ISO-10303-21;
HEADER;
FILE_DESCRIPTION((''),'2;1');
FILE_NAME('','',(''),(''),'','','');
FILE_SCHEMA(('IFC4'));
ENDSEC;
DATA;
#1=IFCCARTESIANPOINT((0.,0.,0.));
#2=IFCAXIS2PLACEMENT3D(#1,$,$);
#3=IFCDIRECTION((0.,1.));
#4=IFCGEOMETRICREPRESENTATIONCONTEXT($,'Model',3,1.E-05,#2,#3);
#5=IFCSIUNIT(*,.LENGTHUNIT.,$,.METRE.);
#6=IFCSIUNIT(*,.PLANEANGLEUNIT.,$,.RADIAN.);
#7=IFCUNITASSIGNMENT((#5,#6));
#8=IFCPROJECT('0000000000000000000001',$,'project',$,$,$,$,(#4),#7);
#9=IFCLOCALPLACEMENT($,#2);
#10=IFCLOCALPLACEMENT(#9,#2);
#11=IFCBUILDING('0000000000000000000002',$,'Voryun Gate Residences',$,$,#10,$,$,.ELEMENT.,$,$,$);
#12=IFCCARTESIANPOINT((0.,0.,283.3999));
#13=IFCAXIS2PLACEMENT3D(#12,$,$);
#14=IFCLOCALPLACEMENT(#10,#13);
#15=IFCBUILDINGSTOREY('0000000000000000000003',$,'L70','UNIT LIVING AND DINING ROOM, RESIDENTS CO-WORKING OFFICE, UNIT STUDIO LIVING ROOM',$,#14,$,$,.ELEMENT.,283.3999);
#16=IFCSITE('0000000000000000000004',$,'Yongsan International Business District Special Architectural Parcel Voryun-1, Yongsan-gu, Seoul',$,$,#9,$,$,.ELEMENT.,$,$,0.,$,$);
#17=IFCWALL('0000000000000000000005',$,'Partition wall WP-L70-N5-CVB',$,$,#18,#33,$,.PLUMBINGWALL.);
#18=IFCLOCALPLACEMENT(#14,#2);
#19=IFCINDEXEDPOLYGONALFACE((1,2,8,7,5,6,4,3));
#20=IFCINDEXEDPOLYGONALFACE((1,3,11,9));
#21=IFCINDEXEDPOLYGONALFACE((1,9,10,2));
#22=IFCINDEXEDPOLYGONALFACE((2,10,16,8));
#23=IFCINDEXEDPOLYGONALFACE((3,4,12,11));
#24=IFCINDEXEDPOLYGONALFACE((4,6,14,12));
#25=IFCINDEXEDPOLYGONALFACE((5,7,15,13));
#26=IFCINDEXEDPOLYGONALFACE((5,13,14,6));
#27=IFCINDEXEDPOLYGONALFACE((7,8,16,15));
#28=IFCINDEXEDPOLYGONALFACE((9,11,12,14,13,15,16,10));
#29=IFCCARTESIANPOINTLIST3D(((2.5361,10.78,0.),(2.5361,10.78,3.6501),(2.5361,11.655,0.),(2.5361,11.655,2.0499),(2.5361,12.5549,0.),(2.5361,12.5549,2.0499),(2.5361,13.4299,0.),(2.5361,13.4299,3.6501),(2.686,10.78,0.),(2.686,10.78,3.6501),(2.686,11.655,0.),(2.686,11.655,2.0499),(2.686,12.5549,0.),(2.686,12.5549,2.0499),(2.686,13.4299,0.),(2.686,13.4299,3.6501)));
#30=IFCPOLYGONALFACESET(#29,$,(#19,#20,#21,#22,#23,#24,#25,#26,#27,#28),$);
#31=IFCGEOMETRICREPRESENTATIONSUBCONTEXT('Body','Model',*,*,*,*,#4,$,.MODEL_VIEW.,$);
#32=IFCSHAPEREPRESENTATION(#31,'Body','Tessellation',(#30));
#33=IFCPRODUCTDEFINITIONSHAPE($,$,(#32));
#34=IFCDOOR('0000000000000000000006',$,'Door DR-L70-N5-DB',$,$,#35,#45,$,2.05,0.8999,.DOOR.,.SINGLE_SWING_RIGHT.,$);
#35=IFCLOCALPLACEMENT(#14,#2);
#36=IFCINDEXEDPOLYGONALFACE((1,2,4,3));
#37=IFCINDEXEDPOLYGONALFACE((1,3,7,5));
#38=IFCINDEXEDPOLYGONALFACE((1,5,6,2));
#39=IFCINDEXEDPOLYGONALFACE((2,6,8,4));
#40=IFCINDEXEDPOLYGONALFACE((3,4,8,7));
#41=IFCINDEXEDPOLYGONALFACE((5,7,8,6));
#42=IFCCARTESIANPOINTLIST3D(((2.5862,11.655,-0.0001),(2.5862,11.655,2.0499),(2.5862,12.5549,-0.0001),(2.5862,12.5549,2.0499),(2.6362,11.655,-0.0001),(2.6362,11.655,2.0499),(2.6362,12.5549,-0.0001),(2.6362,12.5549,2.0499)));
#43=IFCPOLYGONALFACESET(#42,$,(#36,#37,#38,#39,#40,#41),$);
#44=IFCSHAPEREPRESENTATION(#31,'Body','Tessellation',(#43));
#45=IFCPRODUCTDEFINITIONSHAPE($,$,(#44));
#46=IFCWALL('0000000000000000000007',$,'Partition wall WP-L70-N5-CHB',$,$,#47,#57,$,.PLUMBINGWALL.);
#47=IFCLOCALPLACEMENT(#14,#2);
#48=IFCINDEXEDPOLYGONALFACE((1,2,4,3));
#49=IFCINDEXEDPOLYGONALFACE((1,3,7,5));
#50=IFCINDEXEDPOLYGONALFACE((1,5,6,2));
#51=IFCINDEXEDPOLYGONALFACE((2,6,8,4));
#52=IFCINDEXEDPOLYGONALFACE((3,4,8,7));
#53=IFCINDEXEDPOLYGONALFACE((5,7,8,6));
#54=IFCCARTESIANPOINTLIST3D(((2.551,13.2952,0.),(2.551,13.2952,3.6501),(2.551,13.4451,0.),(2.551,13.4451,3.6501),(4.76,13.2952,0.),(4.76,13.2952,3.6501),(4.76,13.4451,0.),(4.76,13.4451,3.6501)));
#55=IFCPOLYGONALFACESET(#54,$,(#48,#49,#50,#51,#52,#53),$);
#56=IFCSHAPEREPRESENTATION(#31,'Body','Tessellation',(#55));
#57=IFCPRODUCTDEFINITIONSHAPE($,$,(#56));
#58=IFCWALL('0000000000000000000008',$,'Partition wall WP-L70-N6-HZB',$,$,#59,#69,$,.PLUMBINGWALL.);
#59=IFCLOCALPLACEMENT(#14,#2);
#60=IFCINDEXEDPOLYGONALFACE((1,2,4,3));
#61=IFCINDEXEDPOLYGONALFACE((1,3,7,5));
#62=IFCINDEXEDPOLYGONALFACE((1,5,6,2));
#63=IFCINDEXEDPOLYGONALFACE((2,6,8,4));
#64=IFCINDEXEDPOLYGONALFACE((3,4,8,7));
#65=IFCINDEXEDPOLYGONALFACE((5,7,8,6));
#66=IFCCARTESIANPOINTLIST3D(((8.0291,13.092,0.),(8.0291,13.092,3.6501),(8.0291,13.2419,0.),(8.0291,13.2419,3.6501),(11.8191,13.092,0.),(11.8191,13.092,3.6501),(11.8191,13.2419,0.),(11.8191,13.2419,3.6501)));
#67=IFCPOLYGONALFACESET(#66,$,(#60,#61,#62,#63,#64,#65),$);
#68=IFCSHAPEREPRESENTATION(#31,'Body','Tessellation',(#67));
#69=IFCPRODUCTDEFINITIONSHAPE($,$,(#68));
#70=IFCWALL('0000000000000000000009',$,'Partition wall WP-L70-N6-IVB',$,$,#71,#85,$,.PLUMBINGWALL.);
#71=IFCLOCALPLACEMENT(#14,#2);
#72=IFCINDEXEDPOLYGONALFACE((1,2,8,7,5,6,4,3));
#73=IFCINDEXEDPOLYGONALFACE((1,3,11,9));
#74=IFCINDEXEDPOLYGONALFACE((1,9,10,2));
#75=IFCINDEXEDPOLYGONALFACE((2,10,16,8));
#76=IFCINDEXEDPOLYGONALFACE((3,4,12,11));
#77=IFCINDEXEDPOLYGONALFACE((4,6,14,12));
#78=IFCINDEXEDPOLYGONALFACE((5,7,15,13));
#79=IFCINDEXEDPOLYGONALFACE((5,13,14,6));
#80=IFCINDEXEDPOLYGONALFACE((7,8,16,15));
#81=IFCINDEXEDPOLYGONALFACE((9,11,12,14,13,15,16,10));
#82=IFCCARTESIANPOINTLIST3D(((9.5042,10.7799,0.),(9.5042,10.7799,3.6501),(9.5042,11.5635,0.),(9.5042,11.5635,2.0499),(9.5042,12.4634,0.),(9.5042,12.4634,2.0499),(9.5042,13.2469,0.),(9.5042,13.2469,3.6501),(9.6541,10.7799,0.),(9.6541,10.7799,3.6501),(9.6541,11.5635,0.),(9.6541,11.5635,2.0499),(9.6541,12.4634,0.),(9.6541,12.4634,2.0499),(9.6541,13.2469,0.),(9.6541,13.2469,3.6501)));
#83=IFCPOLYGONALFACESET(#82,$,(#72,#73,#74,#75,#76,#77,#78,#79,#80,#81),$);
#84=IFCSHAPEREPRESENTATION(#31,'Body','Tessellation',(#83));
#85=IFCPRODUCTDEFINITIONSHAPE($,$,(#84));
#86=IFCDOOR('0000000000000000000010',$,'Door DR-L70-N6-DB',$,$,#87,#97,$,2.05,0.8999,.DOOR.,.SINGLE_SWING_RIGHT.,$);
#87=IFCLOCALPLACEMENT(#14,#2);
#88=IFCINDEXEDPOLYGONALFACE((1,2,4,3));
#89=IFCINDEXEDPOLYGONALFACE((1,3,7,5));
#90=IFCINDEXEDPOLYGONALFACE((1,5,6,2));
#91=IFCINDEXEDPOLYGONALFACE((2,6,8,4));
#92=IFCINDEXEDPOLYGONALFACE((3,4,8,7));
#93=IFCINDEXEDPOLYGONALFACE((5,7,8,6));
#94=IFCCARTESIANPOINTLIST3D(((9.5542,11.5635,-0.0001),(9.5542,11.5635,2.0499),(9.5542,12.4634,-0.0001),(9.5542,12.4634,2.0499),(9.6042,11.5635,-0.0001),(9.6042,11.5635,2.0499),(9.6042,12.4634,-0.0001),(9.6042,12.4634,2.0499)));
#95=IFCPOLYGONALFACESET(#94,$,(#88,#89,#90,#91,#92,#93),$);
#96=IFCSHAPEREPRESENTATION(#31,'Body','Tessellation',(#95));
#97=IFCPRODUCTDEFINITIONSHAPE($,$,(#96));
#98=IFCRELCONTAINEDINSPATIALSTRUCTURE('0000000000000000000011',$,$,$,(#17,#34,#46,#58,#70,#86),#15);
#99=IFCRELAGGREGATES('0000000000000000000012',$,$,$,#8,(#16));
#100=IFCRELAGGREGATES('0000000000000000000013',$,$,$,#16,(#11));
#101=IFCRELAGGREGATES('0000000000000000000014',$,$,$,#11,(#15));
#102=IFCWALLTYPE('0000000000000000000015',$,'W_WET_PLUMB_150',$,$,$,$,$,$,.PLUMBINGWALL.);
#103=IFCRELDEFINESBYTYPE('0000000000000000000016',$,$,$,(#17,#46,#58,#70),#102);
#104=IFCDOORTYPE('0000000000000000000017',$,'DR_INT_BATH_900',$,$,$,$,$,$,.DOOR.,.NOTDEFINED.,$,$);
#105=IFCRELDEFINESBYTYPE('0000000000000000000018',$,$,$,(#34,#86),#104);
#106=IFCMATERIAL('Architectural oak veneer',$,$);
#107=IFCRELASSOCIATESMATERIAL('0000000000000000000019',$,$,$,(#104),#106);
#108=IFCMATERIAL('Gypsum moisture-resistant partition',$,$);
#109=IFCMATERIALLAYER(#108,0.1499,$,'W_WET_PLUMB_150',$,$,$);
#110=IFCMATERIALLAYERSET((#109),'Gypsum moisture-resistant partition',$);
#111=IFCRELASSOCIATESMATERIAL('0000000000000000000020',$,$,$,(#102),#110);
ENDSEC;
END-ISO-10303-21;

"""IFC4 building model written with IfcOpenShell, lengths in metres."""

from ifc_helpers import new_model, si_unit, direction, frame, frame_2d, origin, place, context, subcontext, project, spatial, rectangle, extrude, material, layer, layer_set, type_object, element, fill, save


model = new_model("IFC4")

# Units and contexts
model_context = context("Model", 3, precision=1e-05, world=origin(), true_north=direction((0.0, 1.0)))
body_context = subcontext(model_context, "Body", "Model", "MODEL_VIEW")
ifc_project = project(units=[si_unit("LENGTHUNIT", "METRE"), si_unit("PLANEANGLEUNIT", "RADIAN")], contexts=[model_context])

# Site, building, storey
site_placement = place(None, origin())
site = spatial("IfcSite", under=ifc_project, at=site_placement, Name="Yongsan International Business District Special Architectural Parcel Voryun-1, Yongsan-gu, Seoul", CompositionType="ELEMENT", RefElevation=0.0)
building_placement = place(site_placement, origin())
building = spatial("IfcBuilding", under=site, at=building_placement, Name="Voryun Gate Residences", CompositionType="ELEMENT")
storey_placement = place(building_placement, frame((0.0, 0.0, 283.3999)))
storey = spatial("IfcBuildingStorey", under=building, at=storey_placement, Name="L70", Description="UNIT LIVING AND DINING ROOM, RESIDENTS CO-WORKING OFFICE, UNIT STUDIO LIVING ROOM", CompositionType="ELEMENT", Elevation=283.3999)

# Shared definitions
ifc_material_1 = material(Name="Architectural oak veneer")
door_type_1 = type_object("IfcDoorType", Name="DR_INT_BATH_900", OperationType="NOTDEFINED", PredefinedType="DOOR", material=ifc_material_1)

# Shared definitions
ifc_material_2 = material(Name="Gypsum moisture-resistant partition")
ifc_layer_1 = layer(ifc_material_2, 0.1499, Name="W_WET_PLUMB_150")
ifc_layer_set_1 = layer_set([ifc_layer_1], Name="Gypsum moisture-resistant partition")
wall_type_1 = type_object("IfcWallType", Name="W_WET_PLUMB_150", PredefinedType="PLUMBINGWALL", material=ifc_layer_set_1)

# Wall, opening, door
wall_1_placement = place(storey_placement, frame((2.6111, 10.78, 0.0), z_axis=(0.0, 0.0, 1.0), x_axis=(0.0, 1.0, 0.0)))
wall_1 = element("IfcWall", 1, at=wall_1_placement, inside=storey, type_object=wall_type_1, Name="Partition wall WP-L70-N5-CVB", PredefinedType="PLUMBINGWALL", context=body_context, shape_type="SweptSolid", body=[
    extrude(rectangle(XDim=2.6499, YDim=0.1499, at=frame_2d((1.325, 0.0))), origin(), (0.0, 0.0, 1.0), 3.6501),
])
opening_1_placement = place(wall_1_placement, frame((0.875, 0.0, 0.0)))
opening_1 = element("IfcOpeningElement", 2, at=opening_1_placement, cuts=wall_1, PredefinedType="OPENING", context=body_context, shape_type="SweptSolid", body=[
    extrude(rectangle(XDim=0.8999, YDim=2.05, at=frame_2d((0.45, 1.0249))), frame((0.0, 0.085, 0.0), z_axis=(0.0, -1.0, 0.0), x_axis=(1.0, 0.0, 0.0)), (0.0, 0.0, 1.0), 0.1699),
])
door_1_placement = place(opening_1_placement, origin())
door_1 = element("IfcDoor", 3, at=door_1_placement, inside=storey, type_object=door_type_1, Name="Door DR-L70-N5-DB", OperationType="SINGLE_SWING_RIGHT", OverallHeight=2.05, OverallWidth=0.8999, PredefinedType="DOOR", context=body_context, shape_type="SweptSolid", body=[
    extrude(rectangle(XDim=0.8999, YDim=2.05, at=frame_2d((0.45, 1.0249))), frame((0.0, 0.0249, 0.0), z_axis=(0.0, -1.0, 0.0), x_axis=(1.0, 0.0, 0.0)), (0.0, 0.0, 1.0), 0.05),
])
fill(opening_1, door_1)

# Walls
wall_2_placement = place(storey_placement, frame((2.551, 13.3701, 0.0), z_axis=(0.0, 0.0, 1.0), x_axis=(1.0, 0.0, 0.0)))
element("IfcWall", 4, at=wall_2_placement, inside=storey, type_object=wall_type_1, Name="Partition wall WP-L70-N5-CHB", PredefinedType="PLUMBINGWALL", context=body_context, shape_type="SweptSolid", body=[
    extrude(rectangle(XDim=2.209, YDim=0.1499, at=frame_2d((1.1045, 0.0))), origin(), (0.0, 0.0, 1.0), 3.6501),
])
wall_3_placement = place(storey_placement, frame((8.0291, 13.167, 0.0), z_axis=(0.0, 0.0, 1.0), x_axis=(1.0, 0.0, 0.0)))
element("IfcWall", 5, at=wall_3_placement, inside=storey, type_object=wall_type_1, Name="Partition wall WP-L70-N6-HZB", PredefinedType="PLUMBINGWALL", context=body_context, shape_type="SweptSolid", body=[
    extrude(rectangle(XDim=3.79, YDim=0.1499, at=frame_2d((1.895, 0.0))), origin(), (0.0, 0.0, 1.0), 3.6501),
])

# Wall, opening, door
wall_4_placement = place(storey_placement, frame((9.5791, 10.78, 0.0), z_axis=(0.0, 0.0, 1.0), x_axis=(0.0, 1.0, 0.0)))
wall_4 = element("IfcWall", 6, at=wall_4_placement, inside=storey, type_object=wall_type_1, Name="Partition wall WP-L70-N6-IVB", PredefinedType="PLUMBINGWALL", context=body_context, shape_type="SweptSolid", body=[
    extrude(rectangle(XDim=2.467, YDim=0.1499, at=frame_2d((1.2334, 0.0))), origin(), (0.0, 0.0, 1.0), 3.6501),
])
opening_2_placement = place(wall_4_placement, frame((0.7834, 0.0, 0.0)))
opening_2 = element("IfcOpeningElement", 7, at=opening_2_placement, cuts=wall_4, PredefinedType="OPENING", context=body_context, shape_type="SweptSolid", body=[
    extrude(rectangle(XDim=0.8999, YDim=2.05, at=frame_2d((0.45, 1.0249))), frame((0.0, 0.085, 0.0), z_axis=(0.0, -1.0, 0.0), x_axis=(1.0, 0.0, 0.0)), (0.0, 0.0, 1.0), 0.1699),
])
door_2_placement = place(opening_2_placement, origin())
door_2 = element("IfcDoor", 8, at=door_2_placement, inside=storey, type_object=door_type_1, Name="Door DR-L70-N6-DB", OperationType="SINGLE_SWING_RIGHT", OverallHeight=2.05, OverallWidth=0.8999, PredefinedType="DOOR", context=body_context, shape_type="SweptSolid", body=[
    extrude(rectangle(XDim=0.8999, YDim=2.05, at=frame_2d((0.45, 1.0249))), frame((0.0, 0.0249, 0.0), z_axis=(0.0, -1.0, 0.0), x_axis=(1.0, 0.0, 0.0)), (0.0, 0.0, 1.0), 0.05),
])
fill(opening_2, door_2)

save(model, "model.ifc")
